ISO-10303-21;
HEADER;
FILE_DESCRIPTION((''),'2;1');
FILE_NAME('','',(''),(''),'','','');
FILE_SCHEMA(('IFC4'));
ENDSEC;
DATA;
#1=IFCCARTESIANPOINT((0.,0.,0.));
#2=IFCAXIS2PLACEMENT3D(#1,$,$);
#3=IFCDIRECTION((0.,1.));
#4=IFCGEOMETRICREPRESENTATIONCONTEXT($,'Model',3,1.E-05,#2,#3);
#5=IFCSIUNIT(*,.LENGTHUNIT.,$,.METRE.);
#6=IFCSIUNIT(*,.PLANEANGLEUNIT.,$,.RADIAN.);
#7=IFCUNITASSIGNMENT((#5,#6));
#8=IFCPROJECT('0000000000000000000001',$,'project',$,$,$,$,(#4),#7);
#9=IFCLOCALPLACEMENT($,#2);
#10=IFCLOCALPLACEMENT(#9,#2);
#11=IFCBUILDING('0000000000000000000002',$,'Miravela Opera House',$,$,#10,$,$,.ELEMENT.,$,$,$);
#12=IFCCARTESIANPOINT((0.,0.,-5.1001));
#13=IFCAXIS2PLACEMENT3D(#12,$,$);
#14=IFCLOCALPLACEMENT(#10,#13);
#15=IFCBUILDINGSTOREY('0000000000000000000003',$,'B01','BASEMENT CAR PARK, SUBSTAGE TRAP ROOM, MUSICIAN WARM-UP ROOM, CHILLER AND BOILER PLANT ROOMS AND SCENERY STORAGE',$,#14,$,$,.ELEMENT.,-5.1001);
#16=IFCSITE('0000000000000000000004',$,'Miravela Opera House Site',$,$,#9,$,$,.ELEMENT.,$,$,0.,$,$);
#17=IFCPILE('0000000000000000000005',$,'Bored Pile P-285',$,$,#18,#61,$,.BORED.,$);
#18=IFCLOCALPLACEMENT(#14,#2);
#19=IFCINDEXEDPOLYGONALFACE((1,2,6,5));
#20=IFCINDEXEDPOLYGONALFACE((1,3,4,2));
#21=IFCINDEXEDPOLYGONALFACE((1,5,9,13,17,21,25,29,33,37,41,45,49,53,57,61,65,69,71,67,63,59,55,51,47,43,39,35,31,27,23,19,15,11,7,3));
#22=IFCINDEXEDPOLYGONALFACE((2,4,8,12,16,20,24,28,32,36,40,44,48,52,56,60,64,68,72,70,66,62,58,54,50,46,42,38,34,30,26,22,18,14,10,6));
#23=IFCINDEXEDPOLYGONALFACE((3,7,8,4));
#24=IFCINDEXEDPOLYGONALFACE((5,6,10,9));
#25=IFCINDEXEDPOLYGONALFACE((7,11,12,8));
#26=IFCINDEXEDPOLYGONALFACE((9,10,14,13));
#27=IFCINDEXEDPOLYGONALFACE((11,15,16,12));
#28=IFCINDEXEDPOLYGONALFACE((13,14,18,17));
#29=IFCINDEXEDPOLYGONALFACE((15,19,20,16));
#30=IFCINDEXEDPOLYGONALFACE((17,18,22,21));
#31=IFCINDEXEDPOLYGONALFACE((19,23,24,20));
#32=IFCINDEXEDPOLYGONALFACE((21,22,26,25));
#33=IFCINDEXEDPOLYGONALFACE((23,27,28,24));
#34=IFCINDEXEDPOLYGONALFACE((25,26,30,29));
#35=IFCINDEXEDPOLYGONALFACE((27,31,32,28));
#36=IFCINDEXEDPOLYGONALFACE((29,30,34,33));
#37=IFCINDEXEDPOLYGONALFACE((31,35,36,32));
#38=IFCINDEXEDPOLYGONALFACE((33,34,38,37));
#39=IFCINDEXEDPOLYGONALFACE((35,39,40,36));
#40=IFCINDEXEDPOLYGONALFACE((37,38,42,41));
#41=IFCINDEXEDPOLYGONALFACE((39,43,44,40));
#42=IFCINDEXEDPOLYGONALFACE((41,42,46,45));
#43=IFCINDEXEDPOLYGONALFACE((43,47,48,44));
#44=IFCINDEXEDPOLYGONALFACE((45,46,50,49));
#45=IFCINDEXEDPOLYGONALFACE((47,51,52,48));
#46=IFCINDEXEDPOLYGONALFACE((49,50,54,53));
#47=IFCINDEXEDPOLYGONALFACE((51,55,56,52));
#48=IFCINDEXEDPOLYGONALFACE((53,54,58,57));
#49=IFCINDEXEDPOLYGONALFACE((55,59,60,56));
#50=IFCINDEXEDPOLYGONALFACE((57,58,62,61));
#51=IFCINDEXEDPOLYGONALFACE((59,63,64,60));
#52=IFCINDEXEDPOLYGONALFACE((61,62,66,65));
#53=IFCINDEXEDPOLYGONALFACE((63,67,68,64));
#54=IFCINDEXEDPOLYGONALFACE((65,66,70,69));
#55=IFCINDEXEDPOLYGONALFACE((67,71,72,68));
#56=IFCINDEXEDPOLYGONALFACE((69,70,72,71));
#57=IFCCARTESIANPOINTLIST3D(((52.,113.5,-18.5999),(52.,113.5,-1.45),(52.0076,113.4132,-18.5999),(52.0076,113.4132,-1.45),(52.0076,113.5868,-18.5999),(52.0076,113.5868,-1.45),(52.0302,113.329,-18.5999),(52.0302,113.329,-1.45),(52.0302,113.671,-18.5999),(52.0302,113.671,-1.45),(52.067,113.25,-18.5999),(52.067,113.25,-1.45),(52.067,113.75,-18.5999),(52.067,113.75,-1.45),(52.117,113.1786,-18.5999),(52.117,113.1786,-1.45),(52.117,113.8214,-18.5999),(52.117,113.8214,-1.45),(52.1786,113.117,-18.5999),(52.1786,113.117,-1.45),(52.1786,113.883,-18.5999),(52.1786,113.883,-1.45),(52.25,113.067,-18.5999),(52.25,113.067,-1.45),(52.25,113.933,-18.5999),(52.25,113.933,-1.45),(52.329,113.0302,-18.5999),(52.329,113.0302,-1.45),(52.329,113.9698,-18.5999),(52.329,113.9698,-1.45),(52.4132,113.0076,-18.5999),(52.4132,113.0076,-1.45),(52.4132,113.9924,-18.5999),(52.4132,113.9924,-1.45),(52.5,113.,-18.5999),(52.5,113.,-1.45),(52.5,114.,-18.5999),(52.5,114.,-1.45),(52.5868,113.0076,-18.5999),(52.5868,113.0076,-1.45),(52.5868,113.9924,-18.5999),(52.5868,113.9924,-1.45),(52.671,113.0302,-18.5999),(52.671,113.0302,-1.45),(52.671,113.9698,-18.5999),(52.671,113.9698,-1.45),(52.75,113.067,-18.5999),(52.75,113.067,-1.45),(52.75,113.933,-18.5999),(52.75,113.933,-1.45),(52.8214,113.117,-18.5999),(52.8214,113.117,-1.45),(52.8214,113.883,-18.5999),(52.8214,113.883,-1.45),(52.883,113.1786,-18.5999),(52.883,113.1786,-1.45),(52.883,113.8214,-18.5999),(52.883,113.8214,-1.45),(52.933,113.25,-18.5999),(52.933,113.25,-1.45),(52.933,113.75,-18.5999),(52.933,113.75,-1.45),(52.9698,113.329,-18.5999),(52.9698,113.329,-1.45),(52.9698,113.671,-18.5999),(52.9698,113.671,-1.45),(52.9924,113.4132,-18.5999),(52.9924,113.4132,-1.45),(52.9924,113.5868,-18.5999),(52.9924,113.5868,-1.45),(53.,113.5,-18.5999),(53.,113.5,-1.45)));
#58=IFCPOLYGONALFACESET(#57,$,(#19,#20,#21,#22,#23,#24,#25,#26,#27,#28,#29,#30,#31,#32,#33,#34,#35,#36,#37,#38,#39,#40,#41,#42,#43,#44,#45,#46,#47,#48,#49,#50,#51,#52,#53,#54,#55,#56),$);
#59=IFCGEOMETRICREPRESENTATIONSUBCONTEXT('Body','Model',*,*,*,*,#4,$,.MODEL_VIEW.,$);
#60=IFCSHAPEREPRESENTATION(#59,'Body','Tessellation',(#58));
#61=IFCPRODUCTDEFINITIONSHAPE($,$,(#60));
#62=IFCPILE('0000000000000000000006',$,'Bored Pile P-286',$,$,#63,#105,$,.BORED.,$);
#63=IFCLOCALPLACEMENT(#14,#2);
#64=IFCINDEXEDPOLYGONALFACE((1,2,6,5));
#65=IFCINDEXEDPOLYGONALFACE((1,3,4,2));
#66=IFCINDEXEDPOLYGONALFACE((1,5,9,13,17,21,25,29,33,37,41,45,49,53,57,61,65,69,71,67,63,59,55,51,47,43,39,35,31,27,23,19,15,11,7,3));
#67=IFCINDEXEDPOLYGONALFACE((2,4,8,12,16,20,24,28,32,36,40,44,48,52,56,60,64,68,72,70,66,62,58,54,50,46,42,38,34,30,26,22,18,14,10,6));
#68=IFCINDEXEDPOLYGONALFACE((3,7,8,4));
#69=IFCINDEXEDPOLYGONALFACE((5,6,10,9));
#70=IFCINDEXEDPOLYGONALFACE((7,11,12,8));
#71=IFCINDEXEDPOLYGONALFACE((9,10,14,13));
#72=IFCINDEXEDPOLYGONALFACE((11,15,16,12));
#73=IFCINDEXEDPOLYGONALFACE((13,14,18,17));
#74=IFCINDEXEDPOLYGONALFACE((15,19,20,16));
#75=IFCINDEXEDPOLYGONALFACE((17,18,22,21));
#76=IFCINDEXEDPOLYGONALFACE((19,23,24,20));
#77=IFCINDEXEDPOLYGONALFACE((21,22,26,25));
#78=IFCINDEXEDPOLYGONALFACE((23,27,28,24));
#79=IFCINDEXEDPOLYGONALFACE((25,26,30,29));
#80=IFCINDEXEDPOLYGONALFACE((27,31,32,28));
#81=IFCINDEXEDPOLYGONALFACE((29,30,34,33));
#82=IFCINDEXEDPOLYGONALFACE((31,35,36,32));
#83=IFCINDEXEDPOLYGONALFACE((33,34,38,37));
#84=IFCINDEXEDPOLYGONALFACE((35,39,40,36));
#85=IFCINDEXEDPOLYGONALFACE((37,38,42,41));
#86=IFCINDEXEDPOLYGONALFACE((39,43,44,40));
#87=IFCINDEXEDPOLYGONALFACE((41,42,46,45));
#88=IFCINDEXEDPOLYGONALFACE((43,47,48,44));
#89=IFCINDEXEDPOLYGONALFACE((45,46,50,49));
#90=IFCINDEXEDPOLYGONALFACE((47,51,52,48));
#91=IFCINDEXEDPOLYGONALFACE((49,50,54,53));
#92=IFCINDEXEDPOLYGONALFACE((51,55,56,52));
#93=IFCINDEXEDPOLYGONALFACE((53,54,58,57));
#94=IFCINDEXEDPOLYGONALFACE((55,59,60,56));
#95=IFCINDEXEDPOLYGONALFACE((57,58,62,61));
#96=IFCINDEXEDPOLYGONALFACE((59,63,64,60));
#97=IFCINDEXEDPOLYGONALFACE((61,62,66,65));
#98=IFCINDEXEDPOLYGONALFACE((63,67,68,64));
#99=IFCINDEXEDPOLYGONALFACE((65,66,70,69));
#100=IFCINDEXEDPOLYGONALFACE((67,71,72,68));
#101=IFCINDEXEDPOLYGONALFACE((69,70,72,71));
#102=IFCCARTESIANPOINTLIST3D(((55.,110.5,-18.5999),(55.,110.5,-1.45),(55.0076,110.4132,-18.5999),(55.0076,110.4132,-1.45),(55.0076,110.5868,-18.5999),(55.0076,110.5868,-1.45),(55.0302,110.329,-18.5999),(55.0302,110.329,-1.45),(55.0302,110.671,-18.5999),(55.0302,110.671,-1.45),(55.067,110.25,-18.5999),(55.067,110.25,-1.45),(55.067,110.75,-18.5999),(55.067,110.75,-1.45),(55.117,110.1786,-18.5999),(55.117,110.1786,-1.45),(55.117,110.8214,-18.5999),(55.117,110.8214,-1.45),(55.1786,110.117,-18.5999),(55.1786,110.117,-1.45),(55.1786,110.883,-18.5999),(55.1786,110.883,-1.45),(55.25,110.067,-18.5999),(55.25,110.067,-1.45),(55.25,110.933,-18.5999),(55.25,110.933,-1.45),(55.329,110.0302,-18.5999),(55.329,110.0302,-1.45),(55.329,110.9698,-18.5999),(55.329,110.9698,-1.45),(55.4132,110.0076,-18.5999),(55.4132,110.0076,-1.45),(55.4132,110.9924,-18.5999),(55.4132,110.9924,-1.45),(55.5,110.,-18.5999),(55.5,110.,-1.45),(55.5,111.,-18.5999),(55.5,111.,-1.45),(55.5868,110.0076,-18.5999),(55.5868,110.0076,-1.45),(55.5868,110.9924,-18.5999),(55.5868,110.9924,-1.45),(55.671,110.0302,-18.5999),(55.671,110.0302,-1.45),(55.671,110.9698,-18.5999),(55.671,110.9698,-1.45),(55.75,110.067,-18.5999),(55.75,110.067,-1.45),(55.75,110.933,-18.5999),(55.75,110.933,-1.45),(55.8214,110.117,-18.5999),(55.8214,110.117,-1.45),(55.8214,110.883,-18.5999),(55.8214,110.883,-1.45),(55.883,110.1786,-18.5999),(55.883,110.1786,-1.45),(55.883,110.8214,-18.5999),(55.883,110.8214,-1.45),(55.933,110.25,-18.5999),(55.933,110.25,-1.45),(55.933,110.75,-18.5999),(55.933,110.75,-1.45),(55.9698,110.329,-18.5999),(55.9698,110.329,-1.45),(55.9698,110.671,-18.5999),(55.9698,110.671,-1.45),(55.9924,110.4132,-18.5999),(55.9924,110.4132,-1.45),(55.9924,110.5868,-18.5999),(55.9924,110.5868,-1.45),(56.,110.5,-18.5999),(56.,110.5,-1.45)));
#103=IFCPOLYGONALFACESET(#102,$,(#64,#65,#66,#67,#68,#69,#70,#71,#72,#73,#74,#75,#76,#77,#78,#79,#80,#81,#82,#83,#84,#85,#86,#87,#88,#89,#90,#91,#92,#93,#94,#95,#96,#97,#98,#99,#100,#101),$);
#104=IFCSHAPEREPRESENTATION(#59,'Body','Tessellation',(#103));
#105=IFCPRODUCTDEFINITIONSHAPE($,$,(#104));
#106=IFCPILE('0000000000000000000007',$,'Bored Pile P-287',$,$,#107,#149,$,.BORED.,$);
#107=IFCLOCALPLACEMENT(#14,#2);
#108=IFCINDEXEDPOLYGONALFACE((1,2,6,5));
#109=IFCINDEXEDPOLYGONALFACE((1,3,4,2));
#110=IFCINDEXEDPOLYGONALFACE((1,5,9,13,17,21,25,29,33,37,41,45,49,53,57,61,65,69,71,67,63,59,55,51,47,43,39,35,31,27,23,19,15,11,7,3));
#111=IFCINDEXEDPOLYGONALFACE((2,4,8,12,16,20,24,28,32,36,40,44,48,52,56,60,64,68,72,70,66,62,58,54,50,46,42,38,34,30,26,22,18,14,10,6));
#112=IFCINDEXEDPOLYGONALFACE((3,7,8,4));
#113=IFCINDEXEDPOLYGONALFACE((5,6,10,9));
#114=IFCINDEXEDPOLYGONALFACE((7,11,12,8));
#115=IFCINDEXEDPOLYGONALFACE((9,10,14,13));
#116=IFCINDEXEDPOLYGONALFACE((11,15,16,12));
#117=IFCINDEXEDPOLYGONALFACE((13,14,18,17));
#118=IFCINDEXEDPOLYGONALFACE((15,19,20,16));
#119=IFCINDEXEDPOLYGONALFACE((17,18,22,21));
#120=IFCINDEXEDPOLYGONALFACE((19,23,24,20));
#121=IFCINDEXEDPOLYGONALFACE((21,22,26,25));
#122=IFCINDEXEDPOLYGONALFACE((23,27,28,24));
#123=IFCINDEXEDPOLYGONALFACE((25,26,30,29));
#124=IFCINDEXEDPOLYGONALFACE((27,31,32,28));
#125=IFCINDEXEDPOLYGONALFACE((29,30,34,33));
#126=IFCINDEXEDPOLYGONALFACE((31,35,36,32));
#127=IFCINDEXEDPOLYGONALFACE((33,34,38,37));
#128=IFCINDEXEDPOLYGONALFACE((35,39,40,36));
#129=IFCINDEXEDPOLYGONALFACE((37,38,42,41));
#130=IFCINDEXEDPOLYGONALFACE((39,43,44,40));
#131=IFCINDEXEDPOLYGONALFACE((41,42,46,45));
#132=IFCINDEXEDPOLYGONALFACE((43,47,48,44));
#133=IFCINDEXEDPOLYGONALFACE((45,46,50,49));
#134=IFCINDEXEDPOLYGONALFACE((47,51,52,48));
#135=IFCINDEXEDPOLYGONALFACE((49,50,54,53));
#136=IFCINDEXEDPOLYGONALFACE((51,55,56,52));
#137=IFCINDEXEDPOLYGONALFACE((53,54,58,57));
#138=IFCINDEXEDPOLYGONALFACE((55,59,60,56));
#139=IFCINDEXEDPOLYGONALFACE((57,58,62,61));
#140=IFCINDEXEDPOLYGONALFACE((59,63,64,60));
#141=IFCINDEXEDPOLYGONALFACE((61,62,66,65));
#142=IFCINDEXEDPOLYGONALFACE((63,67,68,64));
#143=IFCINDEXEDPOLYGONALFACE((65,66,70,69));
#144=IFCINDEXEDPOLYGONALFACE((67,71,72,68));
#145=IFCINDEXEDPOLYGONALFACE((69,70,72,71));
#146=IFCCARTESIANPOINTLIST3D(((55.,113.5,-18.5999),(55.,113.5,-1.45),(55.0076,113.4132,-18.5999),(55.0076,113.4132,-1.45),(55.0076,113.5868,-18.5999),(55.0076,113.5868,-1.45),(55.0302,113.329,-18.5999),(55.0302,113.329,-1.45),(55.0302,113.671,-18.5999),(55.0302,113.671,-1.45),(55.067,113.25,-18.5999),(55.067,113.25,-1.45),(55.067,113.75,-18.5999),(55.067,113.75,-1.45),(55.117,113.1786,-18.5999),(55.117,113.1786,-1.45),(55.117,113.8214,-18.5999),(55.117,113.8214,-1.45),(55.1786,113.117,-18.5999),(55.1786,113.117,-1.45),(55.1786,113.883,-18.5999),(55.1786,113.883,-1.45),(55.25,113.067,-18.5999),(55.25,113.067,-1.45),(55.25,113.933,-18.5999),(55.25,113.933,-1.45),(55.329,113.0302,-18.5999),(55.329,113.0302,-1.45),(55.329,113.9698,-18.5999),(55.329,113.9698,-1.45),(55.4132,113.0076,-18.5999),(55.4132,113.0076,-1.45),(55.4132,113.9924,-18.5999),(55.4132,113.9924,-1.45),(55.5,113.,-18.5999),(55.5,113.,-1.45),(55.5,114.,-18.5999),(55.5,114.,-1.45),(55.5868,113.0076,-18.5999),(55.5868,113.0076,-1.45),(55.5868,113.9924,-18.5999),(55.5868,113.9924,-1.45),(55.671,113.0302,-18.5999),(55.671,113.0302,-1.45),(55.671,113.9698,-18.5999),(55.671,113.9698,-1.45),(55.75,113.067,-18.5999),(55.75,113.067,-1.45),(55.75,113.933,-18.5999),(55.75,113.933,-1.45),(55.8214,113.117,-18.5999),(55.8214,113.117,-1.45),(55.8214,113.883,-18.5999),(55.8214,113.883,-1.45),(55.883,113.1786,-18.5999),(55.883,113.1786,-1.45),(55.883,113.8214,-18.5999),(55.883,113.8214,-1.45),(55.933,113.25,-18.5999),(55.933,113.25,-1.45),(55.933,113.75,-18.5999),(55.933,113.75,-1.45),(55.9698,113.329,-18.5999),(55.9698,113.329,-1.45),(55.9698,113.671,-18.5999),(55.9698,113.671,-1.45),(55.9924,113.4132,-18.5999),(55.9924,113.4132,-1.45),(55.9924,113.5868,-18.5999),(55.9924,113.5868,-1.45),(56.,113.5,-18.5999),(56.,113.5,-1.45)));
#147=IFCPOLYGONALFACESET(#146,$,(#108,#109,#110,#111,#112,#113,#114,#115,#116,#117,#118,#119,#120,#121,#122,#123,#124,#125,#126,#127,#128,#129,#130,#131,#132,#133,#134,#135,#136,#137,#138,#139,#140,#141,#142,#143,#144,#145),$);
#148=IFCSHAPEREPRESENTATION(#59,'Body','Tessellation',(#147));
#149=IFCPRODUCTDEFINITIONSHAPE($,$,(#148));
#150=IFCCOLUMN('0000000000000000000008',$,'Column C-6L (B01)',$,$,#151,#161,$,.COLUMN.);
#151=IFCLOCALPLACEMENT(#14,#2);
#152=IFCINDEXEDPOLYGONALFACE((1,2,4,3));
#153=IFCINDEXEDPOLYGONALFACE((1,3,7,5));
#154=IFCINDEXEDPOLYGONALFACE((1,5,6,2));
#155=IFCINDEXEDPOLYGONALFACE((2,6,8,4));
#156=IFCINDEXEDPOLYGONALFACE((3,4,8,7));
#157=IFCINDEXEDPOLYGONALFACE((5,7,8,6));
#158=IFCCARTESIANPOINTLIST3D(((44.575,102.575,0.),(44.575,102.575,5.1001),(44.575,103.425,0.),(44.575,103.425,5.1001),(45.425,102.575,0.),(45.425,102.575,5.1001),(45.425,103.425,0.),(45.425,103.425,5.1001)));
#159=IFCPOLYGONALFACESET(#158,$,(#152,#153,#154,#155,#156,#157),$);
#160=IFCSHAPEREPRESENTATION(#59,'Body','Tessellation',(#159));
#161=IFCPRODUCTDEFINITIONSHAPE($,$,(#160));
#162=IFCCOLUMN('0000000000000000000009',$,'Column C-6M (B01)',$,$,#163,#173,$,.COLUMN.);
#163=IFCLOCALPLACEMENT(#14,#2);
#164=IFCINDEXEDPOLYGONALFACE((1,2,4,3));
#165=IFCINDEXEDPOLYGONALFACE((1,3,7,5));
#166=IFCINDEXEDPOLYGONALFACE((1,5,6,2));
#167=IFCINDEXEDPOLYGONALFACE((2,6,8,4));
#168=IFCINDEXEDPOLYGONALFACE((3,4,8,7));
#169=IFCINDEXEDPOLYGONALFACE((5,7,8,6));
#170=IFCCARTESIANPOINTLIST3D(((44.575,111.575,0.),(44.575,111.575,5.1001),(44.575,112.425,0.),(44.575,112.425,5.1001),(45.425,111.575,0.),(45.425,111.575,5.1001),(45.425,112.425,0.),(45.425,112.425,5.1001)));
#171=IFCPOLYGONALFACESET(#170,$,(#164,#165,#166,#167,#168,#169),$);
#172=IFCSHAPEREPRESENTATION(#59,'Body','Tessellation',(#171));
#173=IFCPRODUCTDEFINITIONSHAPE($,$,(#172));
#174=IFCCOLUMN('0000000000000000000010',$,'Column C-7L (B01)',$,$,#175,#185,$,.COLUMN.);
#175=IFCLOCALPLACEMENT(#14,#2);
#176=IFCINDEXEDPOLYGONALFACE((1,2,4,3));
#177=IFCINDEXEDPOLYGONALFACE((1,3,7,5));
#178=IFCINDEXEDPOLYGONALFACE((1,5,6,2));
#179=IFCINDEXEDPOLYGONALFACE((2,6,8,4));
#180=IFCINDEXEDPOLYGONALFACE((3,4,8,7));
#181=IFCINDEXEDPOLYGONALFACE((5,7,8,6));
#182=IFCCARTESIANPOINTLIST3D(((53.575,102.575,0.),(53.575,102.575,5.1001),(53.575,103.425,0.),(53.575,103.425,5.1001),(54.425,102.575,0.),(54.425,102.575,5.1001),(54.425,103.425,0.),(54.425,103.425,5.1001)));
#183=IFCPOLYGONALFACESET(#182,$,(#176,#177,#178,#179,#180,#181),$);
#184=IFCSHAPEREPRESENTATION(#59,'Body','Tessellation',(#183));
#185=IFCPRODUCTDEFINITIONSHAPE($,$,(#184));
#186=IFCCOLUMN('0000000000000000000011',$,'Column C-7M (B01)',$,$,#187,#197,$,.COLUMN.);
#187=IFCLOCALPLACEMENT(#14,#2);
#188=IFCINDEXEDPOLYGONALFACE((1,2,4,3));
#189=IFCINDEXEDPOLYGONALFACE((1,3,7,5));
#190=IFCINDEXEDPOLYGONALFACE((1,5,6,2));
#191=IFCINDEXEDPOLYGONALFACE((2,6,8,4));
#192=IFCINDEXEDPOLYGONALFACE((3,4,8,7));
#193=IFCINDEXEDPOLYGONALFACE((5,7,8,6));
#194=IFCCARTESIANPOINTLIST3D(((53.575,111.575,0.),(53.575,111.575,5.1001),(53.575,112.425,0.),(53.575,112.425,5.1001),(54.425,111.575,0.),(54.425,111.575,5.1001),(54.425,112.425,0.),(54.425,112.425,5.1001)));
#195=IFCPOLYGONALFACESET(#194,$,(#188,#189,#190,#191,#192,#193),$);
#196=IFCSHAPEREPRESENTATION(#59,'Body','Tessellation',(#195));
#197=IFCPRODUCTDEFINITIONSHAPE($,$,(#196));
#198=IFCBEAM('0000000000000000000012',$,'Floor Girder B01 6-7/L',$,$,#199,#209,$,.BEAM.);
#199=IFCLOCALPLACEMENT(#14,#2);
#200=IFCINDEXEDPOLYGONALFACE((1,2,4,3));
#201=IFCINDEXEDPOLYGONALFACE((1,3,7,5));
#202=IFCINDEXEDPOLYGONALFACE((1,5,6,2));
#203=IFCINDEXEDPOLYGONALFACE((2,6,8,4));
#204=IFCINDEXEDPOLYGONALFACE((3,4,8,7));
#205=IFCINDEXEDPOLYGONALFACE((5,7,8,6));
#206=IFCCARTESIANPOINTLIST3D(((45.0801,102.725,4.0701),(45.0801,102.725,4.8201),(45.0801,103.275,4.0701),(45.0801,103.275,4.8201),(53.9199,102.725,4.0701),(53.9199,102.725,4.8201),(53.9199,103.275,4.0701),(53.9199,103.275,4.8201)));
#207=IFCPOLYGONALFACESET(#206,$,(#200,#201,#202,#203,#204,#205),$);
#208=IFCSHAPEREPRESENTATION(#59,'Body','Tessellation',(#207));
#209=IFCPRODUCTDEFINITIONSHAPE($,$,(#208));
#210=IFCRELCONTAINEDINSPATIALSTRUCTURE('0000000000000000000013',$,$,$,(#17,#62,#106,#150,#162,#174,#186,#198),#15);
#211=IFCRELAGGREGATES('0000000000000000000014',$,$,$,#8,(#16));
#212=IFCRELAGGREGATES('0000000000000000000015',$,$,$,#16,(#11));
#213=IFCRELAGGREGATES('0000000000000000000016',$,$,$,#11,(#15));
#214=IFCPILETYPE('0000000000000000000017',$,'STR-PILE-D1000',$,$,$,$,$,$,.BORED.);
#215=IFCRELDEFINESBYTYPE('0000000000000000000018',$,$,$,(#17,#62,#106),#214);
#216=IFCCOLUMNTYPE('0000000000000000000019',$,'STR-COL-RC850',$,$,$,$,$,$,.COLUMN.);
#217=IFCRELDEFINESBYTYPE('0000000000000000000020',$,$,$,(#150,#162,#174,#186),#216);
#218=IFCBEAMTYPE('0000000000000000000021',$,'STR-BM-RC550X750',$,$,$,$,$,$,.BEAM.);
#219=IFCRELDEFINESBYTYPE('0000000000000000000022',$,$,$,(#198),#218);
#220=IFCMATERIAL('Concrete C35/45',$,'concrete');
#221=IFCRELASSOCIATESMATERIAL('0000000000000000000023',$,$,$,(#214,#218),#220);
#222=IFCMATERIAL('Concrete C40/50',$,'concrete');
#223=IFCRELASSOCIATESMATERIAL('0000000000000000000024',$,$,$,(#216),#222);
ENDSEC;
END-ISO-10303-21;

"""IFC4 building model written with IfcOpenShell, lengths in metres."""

from ifc_helpers import new_model, si_unit, direction, frame, origin, origin_2d, place, context, subcontext, project, spatial, rectangle, circle, extrude, material, material_profile, profile_set, type_object, element, save


model = new_model("IFC4")

# Units and contexts
model_context = context("Model", 3, precision=1e-05, world=origin(), true_north=direction((0.0, 1.0)))
body_context = subcontext(model_context, "Body", "Model", "MODEL_VIEW")
ifc_project = project(units=[si_unit("LENGTHUNIT", "METRE"), si_unit("PLANEANGLEUNIT", "RADIAN")], contexts=[model_context])

# Site, building, storey
site_placement = place(None, origin())
site = spatial("IfcSite", under=ifc_project, at=site_placement, Name="Miravela Opera House Site", CompositionType="ELEMENT", RefElevation=0.0)
building_placement = place(site_placement, origin())
building = spatial("IfcBuilding", under=site, at=building_placement, Name="Miravela Opera House", CompositionType="ELEMENT")
storey_placement = place(building_placement, frame((0.0, 0.0, -5.1001)))
storey = spatial("IfcBuildingStorey", under=building, at=storey_placement, Name="B01", Description="BASEMENT CAR PARK, SUBSTAGE TRAP ROOM, MUSICIAN WARM-UP ROOM, CHILLER AND BOILER PLANT ROOMS AND SCENERY STORAGE", CompositionType="ELEMENT", Elevation=-5.1001)

# Shared definitions
ifc_material_1 = material(Name="Concrete C35/45", Category="concrete")

# Piles
ifc_material_profile_1 = material_profile(ifc_material_1, circle(Radius=0.5, at=origin_2d()), Name="PILE-D1000")
ifc_profile_set_1 = profile_set([ifc_material_profile_1])
pile_type = type_object("IfcPileType", Name="STR-PILE-D1000", PredefinedType="BORED", material=ifc_profile_set_1)
for number, where, z_axis, x_axis, name in (
    (1, (52.5, 113.5, -1.45), (0.0, 0.0, -1.0), (1.0, 0.0, 0.0), "Bored Pile P-285"),
    (2, (55.5, 110.5, -1.45), (0.0, 0.0, -1.0), (1.0, 0.0, 0.0), "Bored Pile P-286"),
    (3, (55.5, 113.5, -1.45), (0.0, 0.0, -1.0), (1.0, 0.0, 0.0), "Bored Pile P-287"),
):
    element("IfcPile", number, at=place(storey_placement, frame(where, z_axis=z_axis, x_axis=x_axis)), inside=storey, type_object=pile_type, Name=name, PredefinedType="BORED", context=body_context, shape_type="SweptSolid", body=[
        extrude(circle(Radius=0.5, at=origin_2d()), origin(), (0.0, 0.0, 1.0), 17.1499),
    ])

# Columns
ifc_material_2 = material(Name="Concrete C40/50", Category="concrete")
ifc_material_profile_2 = material_profile(ifc_material_2, rectangle(XDim=0.8501, YDim=0.8501, at=origin_2d()), Name="RC-COL-850X850")
ifc_profile_set_2 = profile_set([ifc_material_profile_2])
column_type = type_object("IfcColumnType", Name="STR-COL-RC850", PredefinedType="COLUMN", material=ifc_profile_set_2)
for number, where, z_axis, x_axis, name in (
    (4, (45.0, 103.0, 0.0), (0.0, 0.0, 1.0), (1.0, 0.0, 0.0), "Column C-6L (B01)"),
    (5, (45.0, 112.0, 0.0), (0.0, 0.0, 1.0), (1.0, 0.0, 0.0), "Column C-6M (B01)"),
    (6, (54.0, 103.0, 0.0), (0.0, 0.0, 1.0), (1.0, 0.0, 0.0), "Column C-7L (B01)"),
    (7, (54.0, 112.0, 0.0), (0.0, 0.0, 1.0), (1.0, 0.0, 0.0), "Column C-7M (B01)"),
):
    element("IfcColumn", number, at=place(storey_placement, frame(where, z_axis=z_axis, x_axis=x_axis)), inside=storey, type_object=column_type, Name=name, PredefinedType="COLUMN", context=body_context, shape_type="SweptSolid", body=[
        extrude(rectangle(XDim=0.8501, YDim=0.8501, at=origin_2d()), origin(), (0.0, 0.0, 1.0), 5.1001),
    ])

# Beam
ifc_material_profile_3 = material_profile(ifc_material_1, rectangle(XDim=0.55, YDim=0.75, at=origin_2d()), Name="RC-BM-550X750")
ifc_profile_set_3 = profile_set([ifc_material_profile_3])
beam_type_1 = type_object("IfcBeamType", Name="STR-BM-RC550X750", PredefinedType="BEAM", material=ifc_profile_set_3)
beam_1_placement = place(storey_placement, frame((45.0801, 103.0, 4.4451), z_axis=(1.0, 0.0, 0.0), x_axis=(0.0, 1.0, 0.0)))
element("IfcBeam", 8, at=beam_1_placement, inside=storey, type_object=beam_type_1, Name="Floor Girder B01 6-7/L", PredefinedType="BEAM", context=body_context, shape_type="SweptSolid", body=[
    extrude(rectangle(XDim=0.55, YDim=0.75, at=origin_2d()), origin(), (0.0, 0.0, 1.0), 8.8398),
])

save(model, "model.ifc")
